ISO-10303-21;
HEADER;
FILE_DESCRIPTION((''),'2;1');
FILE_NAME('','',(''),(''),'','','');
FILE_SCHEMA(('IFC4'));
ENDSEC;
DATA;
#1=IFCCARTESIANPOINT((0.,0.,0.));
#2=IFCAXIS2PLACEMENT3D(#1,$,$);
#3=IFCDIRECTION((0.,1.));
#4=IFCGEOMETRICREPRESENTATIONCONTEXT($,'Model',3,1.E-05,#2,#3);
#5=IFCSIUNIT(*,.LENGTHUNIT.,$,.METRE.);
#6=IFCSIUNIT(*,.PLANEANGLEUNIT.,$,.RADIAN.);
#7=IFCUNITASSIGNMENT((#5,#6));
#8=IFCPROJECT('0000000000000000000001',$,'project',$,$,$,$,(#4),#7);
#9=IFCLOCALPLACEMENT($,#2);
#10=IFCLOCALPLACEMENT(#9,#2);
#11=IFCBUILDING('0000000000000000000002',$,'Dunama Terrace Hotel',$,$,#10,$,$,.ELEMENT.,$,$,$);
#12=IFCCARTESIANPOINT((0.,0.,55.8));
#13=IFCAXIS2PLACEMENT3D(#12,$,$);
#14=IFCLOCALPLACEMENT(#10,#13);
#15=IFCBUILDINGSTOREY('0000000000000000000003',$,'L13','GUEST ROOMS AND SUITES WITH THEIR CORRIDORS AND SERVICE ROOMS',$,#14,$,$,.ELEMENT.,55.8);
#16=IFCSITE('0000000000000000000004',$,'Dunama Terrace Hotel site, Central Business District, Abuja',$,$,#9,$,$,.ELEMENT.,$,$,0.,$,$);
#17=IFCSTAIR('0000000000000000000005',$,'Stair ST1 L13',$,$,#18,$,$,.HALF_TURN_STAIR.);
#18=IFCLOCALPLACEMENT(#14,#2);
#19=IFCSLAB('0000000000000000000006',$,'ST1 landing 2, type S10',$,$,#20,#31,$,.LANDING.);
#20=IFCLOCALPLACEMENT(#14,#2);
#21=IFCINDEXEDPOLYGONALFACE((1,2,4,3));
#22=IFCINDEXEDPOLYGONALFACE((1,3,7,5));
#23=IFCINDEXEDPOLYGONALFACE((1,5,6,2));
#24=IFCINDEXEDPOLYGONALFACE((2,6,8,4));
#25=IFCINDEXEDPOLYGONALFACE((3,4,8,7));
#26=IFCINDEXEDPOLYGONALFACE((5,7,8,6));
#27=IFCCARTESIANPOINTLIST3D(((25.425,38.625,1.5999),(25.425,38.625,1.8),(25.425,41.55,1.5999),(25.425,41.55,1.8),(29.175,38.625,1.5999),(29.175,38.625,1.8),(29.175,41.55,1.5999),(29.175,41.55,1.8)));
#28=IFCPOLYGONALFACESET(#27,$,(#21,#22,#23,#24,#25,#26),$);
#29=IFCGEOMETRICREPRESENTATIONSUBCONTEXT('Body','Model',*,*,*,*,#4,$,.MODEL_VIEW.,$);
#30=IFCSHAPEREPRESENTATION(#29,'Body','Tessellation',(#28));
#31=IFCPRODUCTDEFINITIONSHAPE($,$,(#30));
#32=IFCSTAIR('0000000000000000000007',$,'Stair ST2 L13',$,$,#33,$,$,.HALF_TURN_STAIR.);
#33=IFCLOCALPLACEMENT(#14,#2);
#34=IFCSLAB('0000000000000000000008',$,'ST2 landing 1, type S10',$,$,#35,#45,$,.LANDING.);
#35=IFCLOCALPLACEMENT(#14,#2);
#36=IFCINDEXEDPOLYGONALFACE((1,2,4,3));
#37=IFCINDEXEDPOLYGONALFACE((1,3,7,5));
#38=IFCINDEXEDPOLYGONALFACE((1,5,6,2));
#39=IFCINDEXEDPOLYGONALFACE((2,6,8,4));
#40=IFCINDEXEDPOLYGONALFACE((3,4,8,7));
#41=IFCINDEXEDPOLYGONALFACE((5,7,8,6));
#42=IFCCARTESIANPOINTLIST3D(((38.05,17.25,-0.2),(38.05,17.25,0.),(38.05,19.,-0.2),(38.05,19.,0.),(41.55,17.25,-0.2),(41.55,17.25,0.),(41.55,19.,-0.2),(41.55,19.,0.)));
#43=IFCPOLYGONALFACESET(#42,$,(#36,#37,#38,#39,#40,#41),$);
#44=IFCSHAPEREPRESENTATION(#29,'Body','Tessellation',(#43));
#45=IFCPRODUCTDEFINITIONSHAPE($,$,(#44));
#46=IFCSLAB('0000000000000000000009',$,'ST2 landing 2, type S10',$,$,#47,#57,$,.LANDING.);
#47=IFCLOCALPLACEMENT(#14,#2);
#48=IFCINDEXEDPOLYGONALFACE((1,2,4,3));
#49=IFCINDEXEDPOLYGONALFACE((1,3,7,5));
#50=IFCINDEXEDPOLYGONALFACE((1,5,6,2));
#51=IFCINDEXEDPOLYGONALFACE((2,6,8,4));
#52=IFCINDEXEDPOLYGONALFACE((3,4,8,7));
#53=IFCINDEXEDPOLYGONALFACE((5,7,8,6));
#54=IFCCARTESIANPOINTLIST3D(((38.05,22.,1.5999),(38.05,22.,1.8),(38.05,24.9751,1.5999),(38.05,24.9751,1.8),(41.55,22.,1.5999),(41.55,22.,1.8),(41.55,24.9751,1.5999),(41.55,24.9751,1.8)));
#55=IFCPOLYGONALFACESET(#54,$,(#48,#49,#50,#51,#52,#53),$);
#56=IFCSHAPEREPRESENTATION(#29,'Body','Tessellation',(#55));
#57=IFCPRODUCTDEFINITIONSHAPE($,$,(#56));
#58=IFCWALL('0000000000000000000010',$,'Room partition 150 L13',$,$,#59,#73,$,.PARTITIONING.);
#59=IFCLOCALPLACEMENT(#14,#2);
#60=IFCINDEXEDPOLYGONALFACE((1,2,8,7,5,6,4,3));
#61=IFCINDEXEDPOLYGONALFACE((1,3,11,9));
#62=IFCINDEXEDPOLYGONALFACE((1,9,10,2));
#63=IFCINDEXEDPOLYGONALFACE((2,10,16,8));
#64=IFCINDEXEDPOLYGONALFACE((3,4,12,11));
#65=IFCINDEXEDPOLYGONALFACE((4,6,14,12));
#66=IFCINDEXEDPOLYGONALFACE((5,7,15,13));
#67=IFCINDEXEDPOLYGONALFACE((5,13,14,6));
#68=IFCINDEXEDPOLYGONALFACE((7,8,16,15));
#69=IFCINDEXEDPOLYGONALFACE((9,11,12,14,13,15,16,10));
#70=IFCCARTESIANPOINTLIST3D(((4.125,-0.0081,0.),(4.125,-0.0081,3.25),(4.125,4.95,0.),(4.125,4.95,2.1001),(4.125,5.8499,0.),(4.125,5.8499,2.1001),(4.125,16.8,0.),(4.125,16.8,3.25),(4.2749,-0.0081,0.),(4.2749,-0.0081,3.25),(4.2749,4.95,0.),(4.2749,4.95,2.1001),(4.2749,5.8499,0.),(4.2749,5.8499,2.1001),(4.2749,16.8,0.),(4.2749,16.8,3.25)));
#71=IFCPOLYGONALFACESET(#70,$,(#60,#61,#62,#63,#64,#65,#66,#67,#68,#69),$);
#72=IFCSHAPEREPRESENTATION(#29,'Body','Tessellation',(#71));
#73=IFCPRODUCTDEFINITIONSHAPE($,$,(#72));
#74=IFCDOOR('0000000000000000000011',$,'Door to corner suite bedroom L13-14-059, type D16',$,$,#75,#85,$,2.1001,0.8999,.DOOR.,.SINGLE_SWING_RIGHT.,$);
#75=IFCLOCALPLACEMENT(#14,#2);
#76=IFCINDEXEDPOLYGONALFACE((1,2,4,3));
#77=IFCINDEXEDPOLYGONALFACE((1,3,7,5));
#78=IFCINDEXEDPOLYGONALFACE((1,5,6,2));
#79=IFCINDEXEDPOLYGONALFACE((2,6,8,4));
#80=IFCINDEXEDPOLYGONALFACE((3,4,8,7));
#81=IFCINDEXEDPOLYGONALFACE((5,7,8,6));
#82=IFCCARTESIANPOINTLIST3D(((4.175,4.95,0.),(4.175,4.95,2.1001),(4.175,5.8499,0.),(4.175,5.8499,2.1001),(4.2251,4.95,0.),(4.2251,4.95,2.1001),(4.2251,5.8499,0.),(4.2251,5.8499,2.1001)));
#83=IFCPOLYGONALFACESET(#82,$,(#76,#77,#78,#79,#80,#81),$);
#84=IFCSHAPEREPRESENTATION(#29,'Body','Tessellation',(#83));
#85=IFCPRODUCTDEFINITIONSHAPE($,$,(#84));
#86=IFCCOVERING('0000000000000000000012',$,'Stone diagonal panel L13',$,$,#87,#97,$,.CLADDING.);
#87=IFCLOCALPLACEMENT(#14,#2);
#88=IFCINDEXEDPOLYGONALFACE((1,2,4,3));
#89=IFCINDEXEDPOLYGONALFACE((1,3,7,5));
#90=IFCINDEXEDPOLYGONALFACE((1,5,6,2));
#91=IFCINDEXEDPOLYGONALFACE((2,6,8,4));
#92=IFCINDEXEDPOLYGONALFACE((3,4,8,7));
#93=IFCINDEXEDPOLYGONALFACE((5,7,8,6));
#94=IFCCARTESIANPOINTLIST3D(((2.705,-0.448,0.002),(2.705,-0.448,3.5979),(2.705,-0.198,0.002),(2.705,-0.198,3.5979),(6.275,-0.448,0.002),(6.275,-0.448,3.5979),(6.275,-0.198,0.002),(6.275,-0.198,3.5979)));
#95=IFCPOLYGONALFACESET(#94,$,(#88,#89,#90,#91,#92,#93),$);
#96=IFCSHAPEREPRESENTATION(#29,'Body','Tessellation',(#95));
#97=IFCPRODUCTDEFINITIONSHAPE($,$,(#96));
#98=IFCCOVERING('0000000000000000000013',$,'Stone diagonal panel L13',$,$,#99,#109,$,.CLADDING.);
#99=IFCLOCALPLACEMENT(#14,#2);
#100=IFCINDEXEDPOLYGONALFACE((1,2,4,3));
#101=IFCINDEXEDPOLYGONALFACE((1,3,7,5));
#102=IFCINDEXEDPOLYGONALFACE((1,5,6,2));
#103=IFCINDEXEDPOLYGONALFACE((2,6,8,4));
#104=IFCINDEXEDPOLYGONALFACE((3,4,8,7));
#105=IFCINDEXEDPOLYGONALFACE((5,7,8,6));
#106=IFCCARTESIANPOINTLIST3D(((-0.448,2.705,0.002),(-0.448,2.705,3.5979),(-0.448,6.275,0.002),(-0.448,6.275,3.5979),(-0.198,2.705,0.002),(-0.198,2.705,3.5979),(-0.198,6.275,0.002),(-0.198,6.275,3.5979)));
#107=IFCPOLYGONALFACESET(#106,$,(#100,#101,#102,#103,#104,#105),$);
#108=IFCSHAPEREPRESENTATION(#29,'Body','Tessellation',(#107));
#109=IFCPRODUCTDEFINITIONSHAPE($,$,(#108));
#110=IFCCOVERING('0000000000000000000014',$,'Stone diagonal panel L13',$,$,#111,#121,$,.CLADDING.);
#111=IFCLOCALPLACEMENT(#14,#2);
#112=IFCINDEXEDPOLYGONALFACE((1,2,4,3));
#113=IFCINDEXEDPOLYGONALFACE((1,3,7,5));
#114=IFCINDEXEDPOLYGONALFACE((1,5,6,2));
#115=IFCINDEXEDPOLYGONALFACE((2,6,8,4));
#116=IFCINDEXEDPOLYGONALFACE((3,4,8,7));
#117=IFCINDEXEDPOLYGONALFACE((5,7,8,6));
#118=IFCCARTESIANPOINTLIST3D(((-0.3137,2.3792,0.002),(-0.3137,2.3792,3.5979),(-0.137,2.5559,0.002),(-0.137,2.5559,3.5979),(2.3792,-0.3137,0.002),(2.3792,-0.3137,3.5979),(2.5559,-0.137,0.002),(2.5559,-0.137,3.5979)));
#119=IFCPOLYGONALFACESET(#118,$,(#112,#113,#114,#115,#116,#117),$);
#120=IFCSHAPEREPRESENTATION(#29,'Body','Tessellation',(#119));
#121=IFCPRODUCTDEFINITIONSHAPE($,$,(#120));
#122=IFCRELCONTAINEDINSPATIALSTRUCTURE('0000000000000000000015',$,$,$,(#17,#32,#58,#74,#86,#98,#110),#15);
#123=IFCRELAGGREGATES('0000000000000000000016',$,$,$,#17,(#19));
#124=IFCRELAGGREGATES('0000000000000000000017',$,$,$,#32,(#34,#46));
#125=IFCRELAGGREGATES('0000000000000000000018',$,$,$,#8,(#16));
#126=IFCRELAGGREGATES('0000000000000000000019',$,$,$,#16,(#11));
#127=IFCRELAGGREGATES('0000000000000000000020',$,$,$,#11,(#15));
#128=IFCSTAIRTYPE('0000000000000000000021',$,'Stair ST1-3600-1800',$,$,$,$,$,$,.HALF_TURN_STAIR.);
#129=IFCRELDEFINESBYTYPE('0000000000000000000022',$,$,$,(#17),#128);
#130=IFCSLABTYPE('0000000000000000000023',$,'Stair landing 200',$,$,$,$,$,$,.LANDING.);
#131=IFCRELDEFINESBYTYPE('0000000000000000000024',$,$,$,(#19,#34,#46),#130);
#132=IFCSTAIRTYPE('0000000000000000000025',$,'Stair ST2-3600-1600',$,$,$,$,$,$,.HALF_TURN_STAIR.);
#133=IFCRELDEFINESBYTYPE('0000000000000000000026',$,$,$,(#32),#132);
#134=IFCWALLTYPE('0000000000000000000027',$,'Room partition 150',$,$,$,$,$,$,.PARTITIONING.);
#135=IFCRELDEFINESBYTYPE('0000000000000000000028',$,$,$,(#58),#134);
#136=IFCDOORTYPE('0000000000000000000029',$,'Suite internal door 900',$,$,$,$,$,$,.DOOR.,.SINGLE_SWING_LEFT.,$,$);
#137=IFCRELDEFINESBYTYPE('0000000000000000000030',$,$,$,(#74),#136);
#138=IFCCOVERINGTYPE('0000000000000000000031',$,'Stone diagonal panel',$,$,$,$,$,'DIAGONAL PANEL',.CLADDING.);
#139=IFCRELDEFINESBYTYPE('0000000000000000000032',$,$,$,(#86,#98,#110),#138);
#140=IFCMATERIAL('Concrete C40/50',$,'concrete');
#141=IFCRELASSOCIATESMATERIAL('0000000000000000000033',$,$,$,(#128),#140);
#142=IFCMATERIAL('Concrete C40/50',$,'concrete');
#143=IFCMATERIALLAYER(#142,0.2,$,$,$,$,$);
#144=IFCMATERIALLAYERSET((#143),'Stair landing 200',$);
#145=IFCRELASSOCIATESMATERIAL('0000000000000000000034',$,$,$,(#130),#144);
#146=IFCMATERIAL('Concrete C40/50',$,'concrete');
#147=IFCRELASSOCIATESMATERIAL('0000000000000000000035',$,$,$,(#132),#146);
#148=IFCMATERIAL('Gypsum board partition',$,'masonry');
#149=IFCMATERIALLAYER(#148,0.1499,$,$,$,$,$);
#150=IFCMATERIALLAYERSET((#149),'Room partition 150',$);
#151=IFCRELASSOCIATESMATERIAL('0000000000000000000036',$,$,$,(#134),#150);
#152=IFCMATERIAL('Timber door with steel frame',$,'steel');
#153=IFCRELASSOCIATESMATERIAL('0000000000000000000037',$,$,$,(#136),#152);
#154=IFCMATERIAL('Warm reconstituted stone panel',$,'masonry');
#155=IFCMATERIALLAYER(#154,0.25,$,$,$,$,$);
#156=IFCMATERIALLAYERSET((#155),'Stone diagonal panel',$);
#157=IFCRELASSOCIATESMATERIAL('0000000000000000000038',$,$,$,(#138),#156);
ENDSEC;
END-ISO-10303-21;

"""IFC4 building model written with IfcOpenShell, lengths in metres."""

from ifc_helpers import new_model, si_unit, direction, frame, frame_2d, origin, origin_2d, place, context, subcontext, project, spatial, polyline, rectangle, outline, extrude, material, layer, layer_set, type_object, element, fill, aggregate, save


model = new_model("IFC4")

# Units and contexts
model_context = context("Model", 3, precision=1e-05, world=origin(), true_north=direction((0.0, 1.0)))
body_context = subcontext(model_context, "Body", "Model", "MODEL_VIEW")
ifc_project = project(units=[si_unit("LENGTHUNIT", "METRE"), si_unit("PLANEANGLEUNIT", "RADIAN")], contexts=[model_context])

# Site, building, storey
site_placement = place(None, origin())
site = spatial("IfcSite", under=ifc_project, at=site_placement, Name="Dunama Terrace Hotel site, Central Business District, Abuja", CompositionType="ELEMENT", RefElevation=0.0)
building_placement = place(site_placement, origin())
building = spatial("IfcBuilding", under=site, at=building_placement, Name="Dunama Terrace Hotel", CompositionType="ELEMENT")
storey_placement = place(building_placement, frame((0.0, 0.0, 55.8)))
storey = spatial("IfcBuildingStorey", under=building, at=storey_placement, Name="L13", Description="GUEST ROOMS AND SUITES WITH THEIR CORRIDORS AND SERVICE ROOMS", CompositionType="ELEMENT", Elevation=55.8)

# Stairs, slabs
ifc_material_1 = material(Name="Concrete C40/50", Category="concrete")
stair_type_1 = type_object("IfcStairType", Name="Stair ST1-3600-1800", PredefinedType="HALF_TURN_STAIR", material=ifc_material_1)
stair_1_placement = place(storey_placement, origin())
stair_1 = element("IfcStair", 1, at=stair_1_placement, inside=storey, type_object=stair_type_1, Name="Stair ST1 L13", PredefinedType="HALF_TURN_STAIR")
ifc_material_2 = material(Name="Concrete C40/50", Category="concrete")
ifc_layer_1 = layer(ifc_material_2, 0.2)
ifc_layer_set_1 = layer_set([ifc_layer_1], Name="Stair landing 200")
slab_type_1 = type_object("IfcSlabType", Name="Stair landing 200", PredefinedType="LANDING", material=ifc_layer_set_1)
slab_1_placement = place(storey_placement, frame((0.0, 0.0, 1.5999)))
slab_1 = element("IfcSlab", 2, at=slab_1_placement, type_object=slab_type_1, Name="ST1 landing 2, type S10", PredefinedType="LANDING", context=body_context, shape_type="SweptSolid", body=[
    extrude(outline(polyline([(25.425, 38.625), (29.175, 38.625), (29.175, 41.55), (25.425, 41.55), (25.425, 38.625)])), origin(), (0.0, 0.0, 1.0), 0.2002),
])
aggregate(stair_1, [slab_1])
ifc_material_3 = material(Name="Concrete C40/50", Category="concrete")
stair_type_2 = type_object("IfcStairType", Name="Stair ST2-3600-1600", PredefinedType="HALF_TURN_STAIR", material=ifc_material_3)
stair_2_placement = place(storey_placement, origin())
stair_2 = element("IfcStair", 3, at=stair_2_placement, inside=storey, type_object=stair_type_2, Name="Stair ST2 L13", PredefinedType="HALF_TURN_STAIR")
slab_2_placement = place(storey_placement, frame((0.0, 0.0, -0.2)))
slab_2 = element("IfcSlab", 4, at=slab_2_placement, type_object=slab_type_1, Name="ST2 landing 1, type S10", PredefinedType="LANDING", context=body_context, shape_type="SweptSolid", body=[
    extrude(outline(polyline([(38.05, 17.25), (41.55, 17.25), (41.55, 19.0), (38.05, 19.0), (38.05, 17.25)])), origin(), (0.0, 0.0, 1.0), 0.2),
])
slab_3_placement = place(storey_placement, frame((0.0, 0.0, 1.5999)))
slab_3 = element("IfcSlab", 5, at=slab_3_placement, type_object=slab_type_1, Name="ST2 landing 2, type S10", PredefinedType="LANDING", context=body_context, shape_type="SweptSolid", body=[
    extrude(outline(polyline([(38.05, 22.0), (41.55, 22.0), (41.55, 24.9751), (38.05, 24.9751), (38.05, 22.0)])), origin(), (0.0, 0.0, 1.0), 0.2002),
])
aggregate(stair_2, [slab_2, slab_3])

# Wall, opening, door
ifc_material_4 = material(Name="Gypsum board partition", Category="masonry")
ifc_layer_2 = layer(ifc_material_4, 0.1499)
ifc_layer_set_2 = layer_set([ifc_layer_2], Name="Room partition 150")
wall_type = type_object("IfcWallType", Name="Room partition 150", PredefinedType="PARTITIONING", material=ifc_layer_set_2)
wall_placement = place(storey_placement, frame((4.2, -0.0081, 0.0), z_axis=(0.0, 0.0, 1.0), x_axis=(0.0, 1.0, 0.0)))
wall = element("IfcWall", 6, at=wall_placement, inside=storey, type_object=wall_type, Name="Room partition 150 L13", PredefinedType="PARTITIONING", context=body_context, shape_type="SweptSolid", body=[
    extrude(rectangle(XDim=16.8081, YDim=0.1499, at=frame_2d((8.4041, 0.0))), origin(), (0.0, 0.0, 1.0), 3.25),
])
opening_placement = place(wall_placement, frame((4.958, 0.0, 0.0)))
opening = element("IfcOpeningElement", 7, at=opening_placement, cuts=wall, PredefinedType="OPENING", context=body_context, shape_type="SweptSolid", body=[
    extrude(rectangle(XDim=0.8999, YDim=2.1001, at=frame_2d((0.45, 1.05))), frame((0.0, 0.085, 0.0), z_axis=(0.0, -1.0, 0.0), x_axis=(1.0, 0.0, 0.0)), (0.0, 0.0, 1.0), 0.1699),
])
ifc_material_5 = material(Name="Timber door with steel frame", Category="steel")
door_type = type_object("IfcDoorType", Name="Suite internal door 900", OperationType="SINGLE_SWING_LEFT", PredefinedType="DOOR", material=ifc_material_5)
door_placement = place(opening_placement, origin())
door = element("IfcDoor", 8, at=door_placement, inside=storey, type_object=door_type, Name="Door to corner suite bedroom L13-14-059, type D16", OperationType="SINGLE_SWING_RIGHT", OverallHeight=2.1001, OverallWidth=0.8999, PredefinedType="DOOR", context=body_context, shape_type="SweptSolid", body=[
    extrude(rectangle(XDim=0.8999, YDim=2.1001, at=frame_2d((0.45, 1.05))), frame((0.0, 0.0249, 0.0), z_axis=(0.0, -1.0, 0.0), x_axis=(1.0, 0.0, 0.0)), (0.0, 0.0, 1.0), 0.05),
])
fill(opening, door)

# Coverings
ifc_material_6 = material(Name="Warm reconstituted stone panel", Category="masonry")
ifc_layer_3 = layer(ifc_material_6, 0.25)
ifc_layer_set_3 = layer_set([ifc_layer_3], Name="Stone diagonal panel")
covering_type = type_object("IfcCoveringType", Name="Stone diagonal panel", ElementType="DIAGONAL PANEL", PredefinedType="CLADDING", material=ifc_layer_set_3)
for number, where, z_axis, x_axis, name in (
    (9, (4.49, -0.323, 0.002), (0.0, 0.0, 1.0), (1.0, 0.0, 0.0), "Stone diagonal panel L13"),
    (10, (-0.323, 4.49, 0.002), (0.0, 0.0, 1.0), (0.0, -1.0, 0.0), "Stone diagonal panel L13"),
):
    element("IfcCovering", number, at=place(storey_placement, frame(where, z_axis=z_axis, x_axis=x_axis)), inside=storey, type_object=covering_type, Name=name, PredefinedType="CLADDING", context=body_context, shape_type="SweptSolid", body=[
        extrude(rectangle(XDim=3.5701, YDim=0.25, at=origin_2d()), origin(), (0.0, 0.0, 1.0), 3.5959),
    ])
covering_placement = place(storey_placement, frame((1.1211, 1.1211, 0.002), z_axis=(0.0, 0.0, 1.0), x_axis=(0.707107, -0.707107, 0.0)))
element("IfcCovering", 11, at=covering_placement, inside=storey, type_object=covering_type, Name="Stone diagonal panel L13", PredefinedType="CLADDING", context=body_context, shape_type="SweptSolid", body=[
    extrude(rectangle(XDim=3.8083, YDim=0.25, at=origin_2d()), origin(), (0.0, 0.0, 1.0), 3.5959),
])

save(model, "model.ifc")
